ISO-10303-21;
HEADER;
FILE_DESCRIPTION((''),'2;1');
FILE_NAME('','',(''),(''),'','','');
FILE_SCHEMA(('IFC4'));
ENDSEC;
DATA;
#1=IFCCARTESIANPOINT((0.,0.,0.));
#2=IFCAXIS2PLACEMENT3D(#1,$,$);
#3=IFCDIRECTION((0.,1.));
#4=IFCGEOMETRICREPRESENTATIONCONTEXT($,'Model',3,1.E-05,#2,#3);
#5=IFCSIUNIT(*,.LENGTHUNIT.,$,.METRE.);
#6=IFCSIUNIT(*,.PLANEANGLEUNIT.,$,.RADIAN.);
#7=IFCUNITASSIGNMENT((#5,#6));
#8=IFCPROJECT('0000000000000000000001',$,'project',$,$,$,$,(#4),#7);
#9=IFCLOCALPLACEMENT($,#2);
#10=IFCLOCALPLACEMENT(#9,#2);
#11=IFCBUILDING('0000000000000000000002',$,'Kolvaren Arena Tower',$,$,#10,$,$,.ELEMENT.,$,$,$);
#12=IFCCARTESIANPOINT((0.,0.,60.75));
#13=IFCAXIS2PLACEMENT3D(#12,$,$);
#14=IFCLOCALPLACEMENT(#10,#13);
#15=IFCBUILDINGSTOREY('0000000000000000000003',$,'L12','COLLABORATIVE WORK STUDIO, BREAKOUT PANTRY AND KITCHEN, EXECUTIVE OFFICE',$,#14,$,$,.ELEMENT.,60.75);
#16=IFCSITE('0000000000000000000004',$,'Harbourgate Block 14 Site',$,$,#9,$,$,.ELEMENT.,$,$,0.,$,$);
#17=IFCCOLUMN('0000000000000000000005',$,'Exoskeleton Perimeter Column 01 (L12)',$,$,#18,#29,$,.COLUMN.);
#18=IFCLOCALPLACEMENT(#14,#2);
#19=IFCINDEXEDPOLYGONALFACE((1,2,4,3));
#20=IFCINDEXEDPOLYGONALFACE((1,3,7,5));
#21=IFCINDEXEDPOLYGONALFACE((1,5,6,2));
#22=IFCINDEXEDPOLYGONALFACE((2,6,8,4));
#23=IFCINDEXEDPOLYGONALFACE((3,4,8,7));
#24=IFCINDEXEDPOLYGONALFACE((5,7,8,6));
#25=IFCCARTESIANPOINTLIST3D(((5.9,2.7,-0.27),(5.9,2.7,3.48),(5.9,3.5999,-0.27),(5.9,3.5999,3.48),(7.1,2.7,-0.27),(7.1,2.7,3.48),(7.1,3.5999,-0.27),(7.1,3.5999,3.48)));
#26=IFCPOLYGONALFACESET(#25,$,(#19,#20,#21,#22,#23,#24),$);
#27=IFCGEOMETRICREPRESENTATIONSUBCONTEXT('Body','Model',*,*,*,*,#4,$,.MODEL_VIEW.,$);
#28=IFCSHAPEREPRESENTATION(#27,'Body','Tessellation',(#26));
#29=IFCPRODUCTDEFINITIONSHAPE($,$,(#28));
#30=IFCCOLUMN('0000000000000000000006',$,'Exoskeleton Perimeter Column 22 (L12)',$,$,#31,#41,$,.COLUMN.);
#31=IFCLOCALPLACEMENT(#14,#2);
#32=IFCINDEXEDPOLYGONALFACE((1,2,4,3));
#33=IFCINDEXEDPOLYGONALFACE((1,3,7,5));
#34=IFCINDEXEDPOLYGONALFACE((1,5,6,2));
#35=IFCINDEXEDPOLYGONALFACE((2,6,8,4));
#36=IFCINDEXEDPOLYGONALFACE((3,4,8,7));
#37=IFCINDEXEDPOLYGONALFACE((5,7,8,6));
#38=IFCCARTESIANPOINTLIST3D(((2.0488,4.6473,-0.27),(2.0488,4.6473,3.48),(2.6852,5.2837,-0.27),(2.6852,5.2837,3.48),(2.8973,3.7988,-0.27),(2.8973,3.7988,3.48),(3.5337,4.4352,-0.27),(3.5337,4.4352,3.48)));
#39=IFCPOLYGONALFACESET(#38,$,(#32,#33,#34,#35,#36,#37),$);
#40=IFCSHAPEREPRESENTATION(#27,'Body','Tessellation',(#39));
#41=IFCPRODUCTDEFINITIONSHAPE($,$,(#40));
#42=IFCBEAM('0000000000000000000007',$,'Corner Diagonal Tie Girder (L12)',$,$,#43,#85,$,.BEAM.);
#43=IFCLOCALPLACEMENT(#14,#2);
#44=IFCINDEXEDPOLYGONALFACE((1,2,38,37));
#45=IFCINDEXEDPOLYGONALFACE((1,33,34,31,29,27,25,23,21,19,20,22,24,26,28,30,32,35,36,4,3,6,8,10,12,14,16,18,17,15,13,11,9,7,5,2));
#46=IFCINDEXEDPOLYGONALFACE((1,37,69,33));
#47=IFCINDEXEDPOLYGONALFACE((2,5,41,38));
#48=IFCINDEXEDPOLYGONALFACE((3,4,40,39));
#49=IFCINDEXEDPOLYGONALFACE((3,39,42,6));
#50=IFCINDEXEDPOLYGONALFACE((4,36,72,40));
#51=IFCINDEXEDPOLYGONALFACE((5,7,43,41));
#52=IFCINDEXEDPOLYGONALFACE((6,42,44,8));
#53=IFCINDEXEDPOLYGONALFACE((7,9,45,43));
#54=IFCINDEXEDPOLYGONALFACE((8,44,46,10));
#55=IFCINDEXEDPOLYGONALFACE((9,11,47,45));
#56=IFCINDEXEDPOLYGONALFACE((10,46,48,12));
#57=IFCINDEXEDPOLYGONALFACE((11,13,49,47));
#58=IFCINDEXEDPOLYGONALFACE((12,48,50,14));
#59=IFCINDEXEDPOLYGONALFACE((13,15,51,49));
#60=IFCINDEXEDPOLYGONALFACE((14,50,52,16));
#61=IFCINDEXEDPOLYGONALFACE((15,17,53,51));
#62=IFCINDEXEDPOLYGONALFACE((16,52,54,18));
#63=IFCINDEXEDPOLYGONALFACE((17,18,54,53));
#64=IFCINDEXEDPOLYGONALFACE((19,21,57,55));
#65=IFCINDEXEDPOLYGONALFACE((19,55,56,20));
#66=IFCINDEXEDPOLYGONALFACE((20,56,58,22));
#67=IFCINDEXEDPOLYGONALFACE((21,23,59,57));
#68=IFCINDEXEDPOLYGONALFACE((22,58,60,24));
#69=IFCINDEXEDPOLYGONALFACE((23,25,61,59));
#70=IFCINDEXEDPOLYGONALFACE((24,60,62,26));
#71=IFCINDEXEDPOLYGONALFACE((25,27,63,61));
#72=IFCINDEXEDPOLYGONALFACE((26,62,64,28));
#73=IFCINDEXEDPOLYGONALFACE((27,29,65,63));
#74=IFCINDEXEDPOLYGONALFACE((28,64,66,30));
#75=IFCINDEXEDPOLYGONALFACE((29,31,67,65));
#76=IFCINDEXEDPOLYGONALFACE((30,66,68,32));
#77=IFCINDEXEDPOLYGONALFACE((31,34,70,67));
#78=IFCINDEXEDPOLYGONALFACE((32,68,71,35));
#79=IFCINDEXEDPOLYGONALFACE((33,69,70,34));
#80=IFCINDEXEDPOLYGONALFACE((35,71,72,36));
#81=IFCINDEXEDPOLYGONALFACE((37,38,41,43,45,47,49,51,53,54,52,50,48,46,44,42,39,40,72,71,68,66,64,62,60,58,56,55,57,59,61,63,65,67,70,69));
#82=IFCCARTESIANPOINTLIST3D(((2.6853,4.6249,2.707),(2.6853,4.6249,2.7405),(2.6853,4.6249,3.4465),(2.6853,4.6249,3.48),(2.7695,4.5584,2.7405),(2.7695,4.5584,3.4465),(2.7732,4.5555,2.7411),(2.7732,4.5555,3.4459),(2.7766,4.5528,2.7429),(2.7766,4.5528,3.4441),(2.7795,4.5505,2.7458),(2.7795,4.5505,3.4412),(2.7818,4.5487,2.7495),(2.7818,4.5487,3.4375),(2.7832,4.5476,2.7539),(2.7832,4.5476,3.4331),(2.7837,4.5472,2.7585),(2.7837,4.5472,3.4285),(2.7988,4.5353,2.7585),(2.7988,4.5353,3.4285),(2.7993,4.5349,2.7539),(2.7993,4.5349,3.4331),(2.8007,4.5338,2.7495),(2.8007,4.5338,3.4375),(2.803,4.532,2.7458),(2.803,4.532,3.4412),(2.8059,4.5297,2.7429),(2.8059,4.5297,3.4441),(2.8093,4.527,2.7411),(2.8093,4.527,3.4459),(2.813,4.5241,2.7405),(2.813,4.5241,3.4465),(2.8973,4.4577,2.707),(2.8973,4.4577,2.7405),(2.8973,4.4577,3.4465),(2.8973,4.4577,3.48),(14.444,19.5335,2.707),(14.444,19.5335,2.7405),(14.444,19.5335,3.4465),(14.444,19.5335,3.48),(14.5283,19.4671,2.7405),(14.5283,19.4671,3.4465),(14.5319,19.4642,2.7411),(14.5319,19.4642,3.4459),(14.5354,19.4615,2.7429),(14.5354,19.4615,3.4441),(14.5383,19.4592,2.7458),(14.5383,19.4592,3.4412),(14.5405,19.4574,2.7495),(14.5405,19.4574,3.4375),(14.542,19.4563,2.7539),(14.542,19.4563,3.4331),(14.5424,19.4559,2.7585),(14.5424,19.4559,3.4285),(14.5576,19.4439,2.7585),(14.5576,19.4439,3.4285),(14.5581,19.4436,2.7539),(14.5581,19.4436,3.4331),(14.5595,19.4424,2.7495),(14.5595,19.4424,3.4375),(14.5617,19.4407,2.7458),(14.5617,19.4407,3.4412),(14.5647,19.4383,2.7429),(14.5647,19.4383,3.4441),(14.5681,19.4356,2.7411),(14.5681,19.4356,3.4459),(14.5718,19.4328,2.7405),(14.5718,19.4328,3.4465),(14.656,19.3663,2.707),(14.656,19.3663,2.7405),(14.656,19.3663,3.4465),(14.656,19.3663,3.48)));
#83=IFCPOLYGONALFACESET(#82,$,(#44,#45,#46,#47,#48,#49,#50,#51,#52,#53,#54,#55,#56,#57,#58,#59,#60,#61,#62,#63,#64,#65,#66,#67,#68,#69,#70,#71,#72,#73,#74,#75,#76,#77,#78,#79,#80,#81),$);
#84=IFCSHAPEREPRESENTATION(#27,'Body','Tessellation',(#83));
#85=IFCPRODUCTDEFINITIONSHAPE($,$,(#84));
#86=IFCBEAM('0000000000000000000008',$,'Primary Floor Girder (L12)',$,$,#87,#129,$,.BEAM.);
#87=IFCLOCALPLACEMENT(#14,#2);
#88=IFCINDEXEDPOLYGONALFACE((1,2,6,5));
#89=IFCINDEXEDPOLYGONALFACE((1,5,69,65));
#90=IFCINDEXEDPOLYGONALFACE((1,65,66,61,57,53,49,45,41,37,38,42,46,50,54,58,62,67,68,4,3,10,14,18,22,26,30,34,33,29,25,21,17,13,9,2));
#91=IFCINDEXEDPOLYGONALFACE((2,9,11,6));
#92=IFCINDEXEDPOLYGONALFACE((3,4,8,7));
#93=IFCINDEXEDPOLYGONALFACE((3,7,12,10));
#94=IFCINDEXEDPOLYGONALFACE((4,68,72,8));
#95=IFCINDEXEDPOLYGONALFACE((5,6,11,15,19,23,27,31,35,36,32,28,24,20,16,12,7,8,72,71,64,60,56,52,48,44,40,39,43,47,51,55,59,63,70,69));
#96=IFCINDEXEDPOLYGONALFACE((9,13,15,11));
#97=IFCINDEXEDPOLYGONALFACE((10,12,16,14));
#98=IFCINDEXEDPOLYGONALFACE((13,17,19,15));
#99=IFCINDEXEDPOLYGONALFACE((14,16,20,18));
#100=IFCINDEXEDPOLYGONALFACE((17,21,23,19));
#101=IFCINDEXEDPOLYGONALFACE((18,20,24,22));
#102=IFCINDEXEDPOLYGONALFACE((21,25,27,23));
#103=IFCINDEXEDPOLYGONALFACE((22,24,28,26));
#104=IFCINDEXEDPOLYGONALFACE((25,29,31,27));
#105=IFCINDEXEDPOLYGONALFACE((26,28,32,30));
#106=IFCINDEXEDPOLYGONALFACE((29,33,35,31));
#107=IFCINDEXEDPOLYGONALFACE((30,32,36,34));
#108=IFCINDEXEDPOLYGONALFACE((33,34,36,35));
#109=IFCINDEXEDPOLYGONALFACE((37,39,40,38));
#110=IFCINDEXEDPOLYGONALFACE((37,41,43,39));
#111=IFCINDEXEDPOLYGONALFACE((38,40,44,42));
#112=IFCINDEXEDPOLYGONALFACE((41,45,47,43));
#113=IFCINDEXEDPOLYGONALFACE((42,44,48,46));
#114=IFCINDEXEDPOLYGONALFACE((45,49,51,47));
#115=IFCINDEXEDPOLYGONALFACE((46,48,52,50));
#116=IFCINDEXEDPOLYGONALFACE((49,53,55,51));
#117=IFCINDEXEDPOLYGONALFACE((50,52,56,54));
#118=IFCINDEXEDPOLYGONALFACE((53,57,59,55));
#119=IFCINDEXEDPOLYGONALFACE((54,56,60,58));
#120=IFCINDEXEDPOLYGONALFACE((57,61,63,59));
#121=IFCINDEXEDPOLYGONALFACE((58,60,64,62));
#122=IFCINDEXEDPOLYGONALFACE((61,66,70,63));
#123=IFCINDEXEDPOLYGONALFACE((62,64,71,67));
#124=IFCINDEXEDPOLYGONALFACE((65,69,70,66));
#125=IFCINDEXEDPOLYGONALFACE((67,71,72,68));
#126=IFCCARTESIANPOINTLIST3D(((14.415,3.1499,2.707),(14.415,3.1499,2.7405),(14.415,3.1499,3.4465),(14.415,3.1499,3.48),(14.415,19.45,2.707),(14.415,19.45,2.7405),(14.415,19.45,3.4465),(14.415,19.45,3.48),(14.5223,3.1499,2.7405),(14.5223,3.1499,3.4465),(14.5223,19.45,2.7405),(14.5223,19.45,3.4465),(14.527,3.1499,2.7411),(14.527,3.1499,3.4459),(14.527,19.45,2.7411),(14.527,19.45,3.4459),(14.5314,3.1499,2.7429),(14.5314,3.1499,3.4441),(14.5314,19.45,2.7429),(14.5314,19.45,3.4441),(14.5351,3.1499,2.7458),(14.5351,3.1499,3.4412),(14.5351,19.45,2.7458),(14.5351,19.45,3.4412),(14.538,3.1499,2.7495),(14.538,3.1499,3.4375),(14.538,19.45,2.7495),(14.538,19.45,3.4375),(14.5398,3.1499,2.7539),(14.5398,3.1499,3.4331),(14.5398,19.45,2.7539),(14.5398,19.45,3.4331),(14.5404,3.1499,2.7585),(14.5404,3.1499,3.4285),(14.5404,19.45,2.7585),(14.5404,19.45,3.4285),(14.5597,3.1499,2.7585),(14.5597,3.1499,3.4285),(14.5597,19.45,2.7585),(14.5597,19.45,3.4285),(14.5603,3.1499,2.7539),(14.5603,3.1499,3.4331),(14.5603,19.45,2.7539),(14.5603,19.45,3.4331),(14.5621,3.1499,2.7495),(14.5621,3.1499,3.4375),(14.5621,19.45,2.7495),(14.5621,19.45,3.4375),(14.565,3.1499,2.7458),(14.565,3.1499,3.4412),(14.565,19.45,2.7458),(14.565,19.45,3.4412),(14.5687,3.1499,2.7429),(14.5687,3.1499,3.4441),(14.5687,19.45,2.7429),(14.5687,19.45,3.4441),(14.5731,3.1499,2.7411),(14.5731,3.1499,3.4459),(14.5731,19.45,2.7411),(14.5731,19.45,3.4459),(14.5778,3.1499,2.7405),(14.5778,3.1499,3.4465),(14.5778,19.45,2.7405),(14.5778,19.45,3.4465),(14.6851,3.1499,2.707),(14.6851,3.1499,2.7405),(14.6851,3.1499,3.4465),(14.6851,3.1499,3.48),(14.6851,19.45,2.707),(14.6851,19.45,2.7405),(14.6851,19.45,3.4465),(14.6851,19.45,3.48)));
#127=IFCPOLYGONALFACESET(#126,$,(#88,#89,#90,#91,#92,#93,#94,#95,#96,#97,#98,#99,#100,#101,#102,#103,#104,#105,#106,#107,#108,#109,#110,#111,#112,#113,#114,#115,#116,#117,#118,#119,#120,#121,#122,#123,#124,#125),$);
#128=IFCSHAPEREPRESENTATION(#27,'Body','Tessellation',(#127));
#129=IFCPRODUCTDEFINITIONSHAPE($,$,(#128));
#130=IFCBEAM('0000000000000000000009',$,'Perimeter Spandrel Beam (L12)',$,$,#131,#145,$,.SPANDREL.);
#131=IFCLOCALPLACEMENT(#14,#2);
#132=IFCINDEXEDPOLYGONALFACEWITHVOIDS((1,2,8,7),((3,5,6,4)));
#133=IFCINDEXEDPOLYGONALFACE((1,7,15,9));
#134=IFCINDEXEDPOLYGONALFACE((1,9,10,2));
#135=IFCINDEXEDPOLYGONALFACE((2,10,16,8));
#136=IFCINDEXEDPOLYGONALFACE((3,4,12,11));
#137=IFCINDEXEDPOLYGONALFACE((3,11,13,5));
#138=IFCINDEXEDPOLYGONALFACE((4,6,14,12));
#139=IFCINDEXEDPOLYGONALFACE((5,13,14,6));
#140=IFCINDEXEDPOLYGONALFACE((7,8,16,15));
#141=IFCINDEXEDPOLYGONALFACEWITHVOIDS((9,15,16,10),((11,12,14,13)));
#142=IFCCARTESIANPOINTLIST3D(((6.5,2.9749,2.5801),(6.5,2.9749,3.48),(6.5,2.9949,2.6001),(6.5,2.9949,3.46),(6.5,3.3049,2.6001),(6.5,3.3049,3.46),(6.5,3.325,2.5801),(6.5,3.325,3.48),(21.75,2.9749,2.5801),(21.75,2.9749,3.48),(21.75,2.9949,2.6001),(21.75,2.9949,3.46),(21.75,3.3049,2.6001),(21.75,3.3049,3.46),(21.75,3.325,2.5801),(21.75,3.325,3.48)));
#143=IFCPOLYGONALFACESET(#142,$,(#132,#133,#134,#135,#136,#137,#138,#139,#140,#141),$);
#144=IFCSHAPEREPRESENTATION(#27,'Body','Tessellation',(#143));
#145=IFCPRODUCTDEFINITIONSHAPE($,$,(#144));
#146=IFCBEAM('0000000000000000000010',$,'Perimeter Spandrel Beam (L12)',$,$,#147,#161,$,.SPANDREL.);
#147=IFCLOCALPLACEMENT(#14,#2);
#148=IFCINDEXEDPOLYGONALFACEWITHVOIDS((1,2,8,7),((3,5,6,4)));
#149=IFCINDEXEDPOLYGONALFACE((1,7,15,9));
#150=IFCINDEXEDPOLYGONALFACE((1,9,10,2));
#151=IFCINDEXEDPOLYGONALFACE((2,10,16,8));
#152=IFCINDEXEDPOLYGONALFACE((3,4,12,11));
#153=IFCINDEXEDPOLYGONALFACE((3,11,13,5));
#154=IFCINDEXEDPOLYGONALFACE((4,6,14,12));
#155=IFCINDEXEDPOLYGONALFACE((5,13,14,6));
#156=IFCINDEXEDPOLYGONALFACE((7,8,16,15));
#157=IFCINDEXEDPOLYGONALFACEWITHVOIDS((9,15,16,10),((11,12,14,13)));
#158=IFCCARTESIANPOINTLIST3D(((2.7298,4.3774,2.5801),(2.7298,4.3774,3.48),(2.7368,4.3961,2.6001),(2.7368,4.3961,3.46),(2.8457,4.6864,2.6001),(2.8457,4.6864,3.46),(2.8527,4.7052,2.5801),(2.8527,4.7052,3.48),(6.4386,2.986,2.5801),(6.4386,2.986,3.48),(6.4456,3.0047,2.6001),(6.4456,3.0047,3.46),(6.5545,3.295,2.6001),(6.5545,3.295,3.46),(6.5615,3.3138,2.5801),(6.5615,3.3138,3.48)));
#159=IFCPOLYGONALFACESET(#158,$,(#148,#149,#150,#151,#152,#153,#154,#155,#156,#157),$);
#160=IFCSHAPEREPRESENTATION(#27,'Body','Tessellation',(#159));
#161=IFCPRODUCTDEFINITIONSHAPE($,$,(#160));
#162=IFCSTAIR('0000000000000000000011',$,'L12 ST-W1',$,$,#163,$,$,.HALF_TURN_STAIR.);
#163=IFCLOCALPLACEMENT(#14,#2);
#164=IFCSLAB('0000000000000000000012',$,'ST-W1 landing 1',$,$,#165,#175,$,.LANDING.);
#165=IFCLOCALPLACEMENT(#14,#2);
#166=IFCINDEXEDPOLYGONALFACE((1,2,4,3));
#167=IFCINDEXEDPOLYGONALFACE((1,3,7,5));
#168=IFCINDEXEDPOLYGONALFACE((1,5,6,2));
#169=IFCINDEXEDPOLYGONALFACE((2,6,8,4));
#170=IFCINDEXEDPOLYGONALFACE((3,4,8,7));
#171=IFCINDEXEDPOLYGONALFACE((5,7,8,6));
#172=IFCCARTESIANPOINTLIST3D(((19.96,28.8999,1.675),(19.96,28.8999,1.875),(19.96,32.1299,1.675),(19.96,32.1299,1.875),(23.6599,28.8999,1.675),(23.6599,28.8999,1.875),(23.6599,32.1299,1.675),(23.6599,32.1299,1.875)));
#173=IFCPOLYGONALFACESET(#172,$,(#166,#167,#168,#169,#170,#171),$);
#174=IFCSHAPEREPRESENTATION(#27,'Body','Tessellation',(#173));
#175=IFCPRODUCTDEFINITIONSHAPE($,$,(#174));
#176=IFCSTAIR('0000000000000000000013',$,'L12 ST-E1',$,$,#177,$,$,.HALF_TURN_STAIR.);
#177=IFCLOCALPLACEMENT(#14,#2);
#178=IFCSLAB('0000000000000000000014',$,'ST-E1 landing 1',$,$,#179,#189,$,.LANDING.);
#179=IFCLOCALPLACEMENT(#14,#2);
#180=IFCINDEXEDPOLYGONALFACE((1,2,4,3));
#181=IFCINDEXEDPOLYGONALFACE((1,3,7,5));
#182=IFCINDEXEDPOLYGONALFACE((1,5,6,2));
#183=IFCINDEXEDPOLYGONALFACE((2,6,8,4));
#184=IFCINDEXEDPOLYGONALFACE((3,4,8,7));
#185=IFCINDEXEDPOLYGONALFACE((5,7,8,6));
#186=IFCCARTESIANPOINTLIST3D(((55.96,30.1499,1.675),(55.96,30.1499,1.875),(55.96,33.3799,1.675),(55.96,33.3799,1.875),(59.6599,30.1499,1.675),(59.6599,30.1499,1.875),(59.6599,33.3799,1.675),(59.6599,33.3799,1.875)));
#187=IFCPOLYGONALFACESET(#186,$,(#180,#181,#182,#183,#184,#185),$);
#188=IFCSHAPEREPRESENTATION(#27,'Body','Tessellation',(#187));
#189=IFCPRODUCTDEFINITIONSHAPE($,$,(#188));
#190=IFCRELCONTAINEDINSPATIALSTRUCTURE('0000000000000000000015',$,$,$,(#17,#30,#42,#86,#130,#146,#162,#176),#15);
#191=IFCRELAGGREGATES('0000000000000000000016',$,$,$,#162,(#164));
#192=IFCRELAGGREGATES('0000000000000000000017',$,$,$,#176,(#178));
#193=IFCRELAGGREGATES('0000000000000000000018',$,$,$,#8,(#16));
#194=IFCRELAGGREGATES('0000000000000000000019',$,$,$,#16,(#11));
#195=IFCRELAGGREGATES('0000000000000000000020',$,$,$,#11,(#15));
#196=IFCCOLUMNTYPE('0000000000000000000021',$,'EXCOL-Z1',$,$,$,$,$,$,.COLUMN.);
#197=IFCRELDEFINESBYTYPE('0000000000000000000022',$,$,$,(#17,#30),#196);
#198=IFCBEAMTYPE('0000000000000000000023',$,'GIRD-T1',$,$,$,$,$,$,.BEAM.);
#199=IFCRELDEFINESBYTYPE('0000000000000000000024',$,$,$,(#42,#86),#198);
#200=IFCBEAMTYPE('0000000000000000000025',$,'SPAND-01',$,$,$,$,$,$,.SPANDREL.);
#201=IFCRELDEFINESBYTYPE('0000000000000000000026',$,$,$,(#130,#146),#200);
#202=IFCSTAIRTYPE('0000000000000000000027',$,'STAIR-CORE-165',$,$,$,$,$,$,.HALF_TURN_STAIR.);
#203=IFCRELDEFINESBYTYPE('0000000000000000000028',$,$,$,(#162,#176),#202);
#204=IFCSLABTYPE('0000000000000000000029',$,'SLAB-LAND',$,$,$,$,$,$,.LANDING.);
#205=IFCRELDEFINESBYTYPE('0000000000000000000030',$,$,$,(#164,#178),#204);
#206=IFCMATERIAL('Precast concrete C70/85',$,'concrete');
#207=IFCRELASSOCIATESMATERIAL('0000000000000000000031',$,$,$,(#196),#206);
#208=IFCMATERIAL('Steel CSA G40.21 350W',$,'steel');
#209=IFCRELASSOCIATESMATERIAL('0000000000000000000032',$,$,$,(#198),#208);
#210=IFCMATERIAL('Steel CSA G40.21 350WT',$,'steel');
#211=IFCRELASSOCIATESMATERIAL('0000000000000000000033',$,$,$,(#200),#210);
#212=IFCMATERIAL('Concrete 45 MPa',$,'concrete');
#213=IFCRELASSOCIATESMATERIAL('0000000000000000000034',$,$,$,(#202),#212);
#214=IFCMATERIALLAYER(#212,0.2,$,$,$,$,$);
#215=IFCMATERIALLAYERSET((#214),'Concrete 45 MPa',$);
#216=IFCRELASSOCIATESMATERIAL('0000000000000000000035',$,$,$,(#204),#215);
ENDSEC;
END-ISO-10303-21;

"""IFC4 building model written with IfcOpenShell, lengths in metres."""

from ifc_helpers import new_model, si_unit, direction, frame, origin, origin_2d, place, context, subcontext, project, spatial, polyline, rectangle, hollow_rectangle, i_section, outline, extrude, material, layer, layer_set, material_profile, profile_set, type_object, element, aggregate, save


model = new_model("IFC4")

# Units and contexts
model_context = context("Model", 3, precision=1e-05, world=origin(), true_north=direction((0.0, 1.0)))
body_context = subcontext(model_context, "Body", "Model", "MODEL_VIEW")
ifc_project = project(units=[si_unit("LENGTHUNIT", "METRE"), si_unit("PLANEANGLEUNIT", "RADIAN")], contexts=[model_context])

# Site, building, storey
site_placement = place(None, origin())
site = spatial("IfcSite", under=ifc_project, at=site_placement, Name="Harbourgate Block 14 Site", CompositionType="ELEMENT", RefElevation=0.0)
building_placement = place(site_placement, origin())
building = spatial("IfcBuilding", under=site, at=building_placement, Name="Kolvaren Arena Tower", CompositionType="ELEMENT")
storey_placement = place(building_placement, frame((0.0, 0.0, 60.75)))
storey = spatial("IfcBuildingStorey", under=building, at=storey_placement, Name="L12", Description="COLLABORATIVE WORK STUDIO, BREAKOUT PANTRY AND KITCHEN, EXECUTIVE OFFICE", CompositionType="ELEMENT", Elevation=60.75)

# Columns
ifc_material_1 = material(Name="Precast concrete C70/85", Category="concrete")
ifc_material_profile_1 = material_profile(ifc_material_1, rectangle(XDim=1.2, YDim=0.8999, at=origin_2d()), Name="RC-1200x900")
ifc_profile_set_1 = profile_set([ifc_material_profile_1], Name="Precast concrete C70/85")
column_type = type_object("IfcColumnType", Name="EXCOL-Z1", PredefinedType="COLUMN", material=ifc_profile_set_1)
for number, where, z_axis, x_axis, name in (
    (1, (6.5, 3.1499, -0.27), (0.0, 0.0, 1.0), (1.0, 0.0, 0.0), "Exoskeleton Perimeter Column 01 (L12)"),
    (2, (2.7913, 4.5413, -0.27), (0.0, 0.0, 1.0), (-0.707107, 0.707107, 0.0), "Exoskeleton Perimeter Column 22 (L12)"),
):
    element("IfcColumn", number, at=place(storey_placement, frame(where, z_axis=z_axis, x_axis=x_axis)), inside=storey, type_object=column_type, Name=name, PredefinedType="COLUMN", context=body_context, shape_type="SweptSolid", body=[
        extrude(rectangle(XDim=1.2, YDim=0.8999, at=origin_2d()), origin(), (0.0, 0.0, 1.0), 3.75),
    ])

# Beams
ifc_material_2 = material(Name="Steel CSA G40.21 350W", Category="steel")
ifc_material_profile_2 = material_profile(ifc_material_2, i_section(OverallWidth=0.27, OverallDepth=0.7729, WebThickness=0.0193, FlangeThickness=0.0334, FilletRadius=0.0181, at=origin_2d()), Name="W760x257")
ifc_profile_set_2 = profile_set([ifc_material_profile_2], Name="Steel CSA G40.21 350W")
beam_type_1 = type_object("IfcBeamType", Name="GIRD-T1", PredefinedType="BEAM", material=ifc_profile_set_2)
beam_1_placement = place(storey_placement, frame((2.7913, 4.5413, 3.0935), z_axis=(0.61928, 0.78517, 0.0), x_axis=(-0.78517, 0.61928, 0.0)))
element("IfcBeam", 3, at=beam_1_placement, inside=storey, type_object=beam_type_1, Name="Corner Diagonal Tie Girder (L12)", PredefinedType="BEAM", context=body_context, shape_type="SweptSolid", body=[
    extrude(i_section(OverallWidth=0.27, OverallDepth=0.7729, WebThickness=0.0193, FlangeThickness=0.0334, FilletRadius=0.0181, at=origin_2d()), origin(), (0.0, 0.0, 1.0), 18.9878),
])
beam_2_placement = place(storey_placement, frame((14.55, 3.1499, 3.0935), z_axis=(0.0, 1.0, 0.0), x_axis=(-1.0, 0.0, 0.0)))
element("IfcBeam", 4, at=beam_2_placement, inside=storey, type_object=beam_type_1, Name="Primary Floor Girder (L12)", PredefinedType="BEAM", context=body_context, shape_type="SweptSolid", body=[
    extrude(i_section(OverallWidth=0.27, OverallDepth=0.7729, WebThickness=0.0193, FlangeThickness=0.0334, FilletRadius=0.0181, at=origin_2d()), origin(), (0.0, 0.0, 1.0), 16.3),
])
ifc_material_3 = material(Name="Steel CSA G40.21 350WT", Category="steel")
ifc_material_profile_3 = material_profile(ifc_material_3, hollow_rectangle(XDim=0.3501, YDim=0.8999, WallThickness=0.02, at=origin_2d()), Name="HSS 900x350x20")
ifc_profile_set_3 = profile_set([ifc_material_profile_3], Name="Steel CSA G40.21 350WT")
beam_type_2 = type_object("IfcBeamType", Name="SPAND-01", PredefinedType="SPANDREL", material=ifc_profile_set_3)
beam_3_placement = place(storey_placement, frame((6.5, 3.1499, 3.03), z_axis=(1.0, 0.0, 0.0), x_axis=(0.0, 1.0, 0.0)))
element("IfcBeam", 5, at=beam_3_placement, inside=storey, type_object=beam_type_2, Name="Perimeter Spandrel Beam (L12)", PredefinedType="SPANDREL", context=body_context, shape_type="SweptSolid", body=[
    extrude(hollow_rectangle(XDim=0.3501, YDim=0.8999, WallThickness=0.02, at=origin_2d()), origin(), (0.0, 0.0, 1.0), 15.25),
])
beam_4_placement = place(storey_placement, frame((2.7913, 4.5413, 3.03), z_axis=(0.936281, -0.351252, 0.0), x_axis=(0.351252, 0.936281, 0.0)))
element("IfcBeam", 6, at=beam_4_placement, inside=storey, type_object=beam_type_2, Name="Perimeter Spandrel Beam (L12)", PredefinedType="SPANDREL", context=body_context, shape_type="SweptSolid", body=[
    extrude(hollow_rectangle(XDim=0.3501, YDim=0.8999, WallThickness=0.02, at=origin_2d()), origin(), (0.0, 0.0, 1.0), 3.9612),
])

# Stairs, slabs
ifc_material_4 = material(Name="Concrete 45 MPa", Category="concrete")
stair_type_1 = type_object("IfcStairType", Name="STAIR-CORE-165", PredefinedType="HALF_TURN_STAIR", material=ifc_material_4)
stair_1_placement = place(storey_placement, origin())
stair_1 = element("IfcStair", 7, at=stair_1_placement, inside=storey, type_object=stair_type_1, Name="L12 ST-W1", PredefinedType="HALF_TURN_STAIR")
ifc_layer_1 = layer(ifc_material_4, 0.2)
ifc_layer_set_1 = layer_set([ifc_layer_1], Name="Concrete 45 MPa")
slab_type_1 = type_object("IfcSlabType", Name="SLAB-LAND", PredefinedType="LANDING", material=ifc_layer_set_1)
slab_1_placement = place(storey_placement, frame((0.0, 0.0, 1.675)))
slab_1 = element("IfcSlab", 8, at=slab_1_placement, type_object=slab_type_1, Name="ST-W1 landing 1", PredefinedType="LANDING", context=body_context, shape_type="SweptSolid", body=[
    extrude(outline(polyline([(19.96, 28.8999), (23.6599, 28.8999), (23.6599, 32.1299), (19.96, 32.1299), (19.96, 28.8999)])), origin(), (0.0, 0.0, 1.0), 0.2),
])
aggregate(stair_1, [slab_1])
stair_2_placement = place(storey_placement, origin())
stair_2 = element("IfcStair", 9, at=stair_2_placement, inside=storey, type_object=stair_type_1, Name="L12 ST-E1", PredefinedType="HALF_TURN_STAIR")
slab_2_placement = place(storey_placement, frame((0.0, 0.0, 1.675)))
slab_2 = element("IfcSlab", 10, at=slab_2_placement, type_object=slab_type_1, Name="ST-E1 landing 1", PredefinedType="LANDING", context=body_context, shape_type="SweptSolid", body=[
    extrude(outline(polyline([(55.96, 30.1499), (59.6599, 30.1499), (59.6599, 33.3799), (55.96, 33.3799), (55.96, 30.1499)])), origin(), (0.0, 0.0, 1.0), 0.2),
])
aggregate(stair_2, [slab_2])

save(model, "model.ifc")
